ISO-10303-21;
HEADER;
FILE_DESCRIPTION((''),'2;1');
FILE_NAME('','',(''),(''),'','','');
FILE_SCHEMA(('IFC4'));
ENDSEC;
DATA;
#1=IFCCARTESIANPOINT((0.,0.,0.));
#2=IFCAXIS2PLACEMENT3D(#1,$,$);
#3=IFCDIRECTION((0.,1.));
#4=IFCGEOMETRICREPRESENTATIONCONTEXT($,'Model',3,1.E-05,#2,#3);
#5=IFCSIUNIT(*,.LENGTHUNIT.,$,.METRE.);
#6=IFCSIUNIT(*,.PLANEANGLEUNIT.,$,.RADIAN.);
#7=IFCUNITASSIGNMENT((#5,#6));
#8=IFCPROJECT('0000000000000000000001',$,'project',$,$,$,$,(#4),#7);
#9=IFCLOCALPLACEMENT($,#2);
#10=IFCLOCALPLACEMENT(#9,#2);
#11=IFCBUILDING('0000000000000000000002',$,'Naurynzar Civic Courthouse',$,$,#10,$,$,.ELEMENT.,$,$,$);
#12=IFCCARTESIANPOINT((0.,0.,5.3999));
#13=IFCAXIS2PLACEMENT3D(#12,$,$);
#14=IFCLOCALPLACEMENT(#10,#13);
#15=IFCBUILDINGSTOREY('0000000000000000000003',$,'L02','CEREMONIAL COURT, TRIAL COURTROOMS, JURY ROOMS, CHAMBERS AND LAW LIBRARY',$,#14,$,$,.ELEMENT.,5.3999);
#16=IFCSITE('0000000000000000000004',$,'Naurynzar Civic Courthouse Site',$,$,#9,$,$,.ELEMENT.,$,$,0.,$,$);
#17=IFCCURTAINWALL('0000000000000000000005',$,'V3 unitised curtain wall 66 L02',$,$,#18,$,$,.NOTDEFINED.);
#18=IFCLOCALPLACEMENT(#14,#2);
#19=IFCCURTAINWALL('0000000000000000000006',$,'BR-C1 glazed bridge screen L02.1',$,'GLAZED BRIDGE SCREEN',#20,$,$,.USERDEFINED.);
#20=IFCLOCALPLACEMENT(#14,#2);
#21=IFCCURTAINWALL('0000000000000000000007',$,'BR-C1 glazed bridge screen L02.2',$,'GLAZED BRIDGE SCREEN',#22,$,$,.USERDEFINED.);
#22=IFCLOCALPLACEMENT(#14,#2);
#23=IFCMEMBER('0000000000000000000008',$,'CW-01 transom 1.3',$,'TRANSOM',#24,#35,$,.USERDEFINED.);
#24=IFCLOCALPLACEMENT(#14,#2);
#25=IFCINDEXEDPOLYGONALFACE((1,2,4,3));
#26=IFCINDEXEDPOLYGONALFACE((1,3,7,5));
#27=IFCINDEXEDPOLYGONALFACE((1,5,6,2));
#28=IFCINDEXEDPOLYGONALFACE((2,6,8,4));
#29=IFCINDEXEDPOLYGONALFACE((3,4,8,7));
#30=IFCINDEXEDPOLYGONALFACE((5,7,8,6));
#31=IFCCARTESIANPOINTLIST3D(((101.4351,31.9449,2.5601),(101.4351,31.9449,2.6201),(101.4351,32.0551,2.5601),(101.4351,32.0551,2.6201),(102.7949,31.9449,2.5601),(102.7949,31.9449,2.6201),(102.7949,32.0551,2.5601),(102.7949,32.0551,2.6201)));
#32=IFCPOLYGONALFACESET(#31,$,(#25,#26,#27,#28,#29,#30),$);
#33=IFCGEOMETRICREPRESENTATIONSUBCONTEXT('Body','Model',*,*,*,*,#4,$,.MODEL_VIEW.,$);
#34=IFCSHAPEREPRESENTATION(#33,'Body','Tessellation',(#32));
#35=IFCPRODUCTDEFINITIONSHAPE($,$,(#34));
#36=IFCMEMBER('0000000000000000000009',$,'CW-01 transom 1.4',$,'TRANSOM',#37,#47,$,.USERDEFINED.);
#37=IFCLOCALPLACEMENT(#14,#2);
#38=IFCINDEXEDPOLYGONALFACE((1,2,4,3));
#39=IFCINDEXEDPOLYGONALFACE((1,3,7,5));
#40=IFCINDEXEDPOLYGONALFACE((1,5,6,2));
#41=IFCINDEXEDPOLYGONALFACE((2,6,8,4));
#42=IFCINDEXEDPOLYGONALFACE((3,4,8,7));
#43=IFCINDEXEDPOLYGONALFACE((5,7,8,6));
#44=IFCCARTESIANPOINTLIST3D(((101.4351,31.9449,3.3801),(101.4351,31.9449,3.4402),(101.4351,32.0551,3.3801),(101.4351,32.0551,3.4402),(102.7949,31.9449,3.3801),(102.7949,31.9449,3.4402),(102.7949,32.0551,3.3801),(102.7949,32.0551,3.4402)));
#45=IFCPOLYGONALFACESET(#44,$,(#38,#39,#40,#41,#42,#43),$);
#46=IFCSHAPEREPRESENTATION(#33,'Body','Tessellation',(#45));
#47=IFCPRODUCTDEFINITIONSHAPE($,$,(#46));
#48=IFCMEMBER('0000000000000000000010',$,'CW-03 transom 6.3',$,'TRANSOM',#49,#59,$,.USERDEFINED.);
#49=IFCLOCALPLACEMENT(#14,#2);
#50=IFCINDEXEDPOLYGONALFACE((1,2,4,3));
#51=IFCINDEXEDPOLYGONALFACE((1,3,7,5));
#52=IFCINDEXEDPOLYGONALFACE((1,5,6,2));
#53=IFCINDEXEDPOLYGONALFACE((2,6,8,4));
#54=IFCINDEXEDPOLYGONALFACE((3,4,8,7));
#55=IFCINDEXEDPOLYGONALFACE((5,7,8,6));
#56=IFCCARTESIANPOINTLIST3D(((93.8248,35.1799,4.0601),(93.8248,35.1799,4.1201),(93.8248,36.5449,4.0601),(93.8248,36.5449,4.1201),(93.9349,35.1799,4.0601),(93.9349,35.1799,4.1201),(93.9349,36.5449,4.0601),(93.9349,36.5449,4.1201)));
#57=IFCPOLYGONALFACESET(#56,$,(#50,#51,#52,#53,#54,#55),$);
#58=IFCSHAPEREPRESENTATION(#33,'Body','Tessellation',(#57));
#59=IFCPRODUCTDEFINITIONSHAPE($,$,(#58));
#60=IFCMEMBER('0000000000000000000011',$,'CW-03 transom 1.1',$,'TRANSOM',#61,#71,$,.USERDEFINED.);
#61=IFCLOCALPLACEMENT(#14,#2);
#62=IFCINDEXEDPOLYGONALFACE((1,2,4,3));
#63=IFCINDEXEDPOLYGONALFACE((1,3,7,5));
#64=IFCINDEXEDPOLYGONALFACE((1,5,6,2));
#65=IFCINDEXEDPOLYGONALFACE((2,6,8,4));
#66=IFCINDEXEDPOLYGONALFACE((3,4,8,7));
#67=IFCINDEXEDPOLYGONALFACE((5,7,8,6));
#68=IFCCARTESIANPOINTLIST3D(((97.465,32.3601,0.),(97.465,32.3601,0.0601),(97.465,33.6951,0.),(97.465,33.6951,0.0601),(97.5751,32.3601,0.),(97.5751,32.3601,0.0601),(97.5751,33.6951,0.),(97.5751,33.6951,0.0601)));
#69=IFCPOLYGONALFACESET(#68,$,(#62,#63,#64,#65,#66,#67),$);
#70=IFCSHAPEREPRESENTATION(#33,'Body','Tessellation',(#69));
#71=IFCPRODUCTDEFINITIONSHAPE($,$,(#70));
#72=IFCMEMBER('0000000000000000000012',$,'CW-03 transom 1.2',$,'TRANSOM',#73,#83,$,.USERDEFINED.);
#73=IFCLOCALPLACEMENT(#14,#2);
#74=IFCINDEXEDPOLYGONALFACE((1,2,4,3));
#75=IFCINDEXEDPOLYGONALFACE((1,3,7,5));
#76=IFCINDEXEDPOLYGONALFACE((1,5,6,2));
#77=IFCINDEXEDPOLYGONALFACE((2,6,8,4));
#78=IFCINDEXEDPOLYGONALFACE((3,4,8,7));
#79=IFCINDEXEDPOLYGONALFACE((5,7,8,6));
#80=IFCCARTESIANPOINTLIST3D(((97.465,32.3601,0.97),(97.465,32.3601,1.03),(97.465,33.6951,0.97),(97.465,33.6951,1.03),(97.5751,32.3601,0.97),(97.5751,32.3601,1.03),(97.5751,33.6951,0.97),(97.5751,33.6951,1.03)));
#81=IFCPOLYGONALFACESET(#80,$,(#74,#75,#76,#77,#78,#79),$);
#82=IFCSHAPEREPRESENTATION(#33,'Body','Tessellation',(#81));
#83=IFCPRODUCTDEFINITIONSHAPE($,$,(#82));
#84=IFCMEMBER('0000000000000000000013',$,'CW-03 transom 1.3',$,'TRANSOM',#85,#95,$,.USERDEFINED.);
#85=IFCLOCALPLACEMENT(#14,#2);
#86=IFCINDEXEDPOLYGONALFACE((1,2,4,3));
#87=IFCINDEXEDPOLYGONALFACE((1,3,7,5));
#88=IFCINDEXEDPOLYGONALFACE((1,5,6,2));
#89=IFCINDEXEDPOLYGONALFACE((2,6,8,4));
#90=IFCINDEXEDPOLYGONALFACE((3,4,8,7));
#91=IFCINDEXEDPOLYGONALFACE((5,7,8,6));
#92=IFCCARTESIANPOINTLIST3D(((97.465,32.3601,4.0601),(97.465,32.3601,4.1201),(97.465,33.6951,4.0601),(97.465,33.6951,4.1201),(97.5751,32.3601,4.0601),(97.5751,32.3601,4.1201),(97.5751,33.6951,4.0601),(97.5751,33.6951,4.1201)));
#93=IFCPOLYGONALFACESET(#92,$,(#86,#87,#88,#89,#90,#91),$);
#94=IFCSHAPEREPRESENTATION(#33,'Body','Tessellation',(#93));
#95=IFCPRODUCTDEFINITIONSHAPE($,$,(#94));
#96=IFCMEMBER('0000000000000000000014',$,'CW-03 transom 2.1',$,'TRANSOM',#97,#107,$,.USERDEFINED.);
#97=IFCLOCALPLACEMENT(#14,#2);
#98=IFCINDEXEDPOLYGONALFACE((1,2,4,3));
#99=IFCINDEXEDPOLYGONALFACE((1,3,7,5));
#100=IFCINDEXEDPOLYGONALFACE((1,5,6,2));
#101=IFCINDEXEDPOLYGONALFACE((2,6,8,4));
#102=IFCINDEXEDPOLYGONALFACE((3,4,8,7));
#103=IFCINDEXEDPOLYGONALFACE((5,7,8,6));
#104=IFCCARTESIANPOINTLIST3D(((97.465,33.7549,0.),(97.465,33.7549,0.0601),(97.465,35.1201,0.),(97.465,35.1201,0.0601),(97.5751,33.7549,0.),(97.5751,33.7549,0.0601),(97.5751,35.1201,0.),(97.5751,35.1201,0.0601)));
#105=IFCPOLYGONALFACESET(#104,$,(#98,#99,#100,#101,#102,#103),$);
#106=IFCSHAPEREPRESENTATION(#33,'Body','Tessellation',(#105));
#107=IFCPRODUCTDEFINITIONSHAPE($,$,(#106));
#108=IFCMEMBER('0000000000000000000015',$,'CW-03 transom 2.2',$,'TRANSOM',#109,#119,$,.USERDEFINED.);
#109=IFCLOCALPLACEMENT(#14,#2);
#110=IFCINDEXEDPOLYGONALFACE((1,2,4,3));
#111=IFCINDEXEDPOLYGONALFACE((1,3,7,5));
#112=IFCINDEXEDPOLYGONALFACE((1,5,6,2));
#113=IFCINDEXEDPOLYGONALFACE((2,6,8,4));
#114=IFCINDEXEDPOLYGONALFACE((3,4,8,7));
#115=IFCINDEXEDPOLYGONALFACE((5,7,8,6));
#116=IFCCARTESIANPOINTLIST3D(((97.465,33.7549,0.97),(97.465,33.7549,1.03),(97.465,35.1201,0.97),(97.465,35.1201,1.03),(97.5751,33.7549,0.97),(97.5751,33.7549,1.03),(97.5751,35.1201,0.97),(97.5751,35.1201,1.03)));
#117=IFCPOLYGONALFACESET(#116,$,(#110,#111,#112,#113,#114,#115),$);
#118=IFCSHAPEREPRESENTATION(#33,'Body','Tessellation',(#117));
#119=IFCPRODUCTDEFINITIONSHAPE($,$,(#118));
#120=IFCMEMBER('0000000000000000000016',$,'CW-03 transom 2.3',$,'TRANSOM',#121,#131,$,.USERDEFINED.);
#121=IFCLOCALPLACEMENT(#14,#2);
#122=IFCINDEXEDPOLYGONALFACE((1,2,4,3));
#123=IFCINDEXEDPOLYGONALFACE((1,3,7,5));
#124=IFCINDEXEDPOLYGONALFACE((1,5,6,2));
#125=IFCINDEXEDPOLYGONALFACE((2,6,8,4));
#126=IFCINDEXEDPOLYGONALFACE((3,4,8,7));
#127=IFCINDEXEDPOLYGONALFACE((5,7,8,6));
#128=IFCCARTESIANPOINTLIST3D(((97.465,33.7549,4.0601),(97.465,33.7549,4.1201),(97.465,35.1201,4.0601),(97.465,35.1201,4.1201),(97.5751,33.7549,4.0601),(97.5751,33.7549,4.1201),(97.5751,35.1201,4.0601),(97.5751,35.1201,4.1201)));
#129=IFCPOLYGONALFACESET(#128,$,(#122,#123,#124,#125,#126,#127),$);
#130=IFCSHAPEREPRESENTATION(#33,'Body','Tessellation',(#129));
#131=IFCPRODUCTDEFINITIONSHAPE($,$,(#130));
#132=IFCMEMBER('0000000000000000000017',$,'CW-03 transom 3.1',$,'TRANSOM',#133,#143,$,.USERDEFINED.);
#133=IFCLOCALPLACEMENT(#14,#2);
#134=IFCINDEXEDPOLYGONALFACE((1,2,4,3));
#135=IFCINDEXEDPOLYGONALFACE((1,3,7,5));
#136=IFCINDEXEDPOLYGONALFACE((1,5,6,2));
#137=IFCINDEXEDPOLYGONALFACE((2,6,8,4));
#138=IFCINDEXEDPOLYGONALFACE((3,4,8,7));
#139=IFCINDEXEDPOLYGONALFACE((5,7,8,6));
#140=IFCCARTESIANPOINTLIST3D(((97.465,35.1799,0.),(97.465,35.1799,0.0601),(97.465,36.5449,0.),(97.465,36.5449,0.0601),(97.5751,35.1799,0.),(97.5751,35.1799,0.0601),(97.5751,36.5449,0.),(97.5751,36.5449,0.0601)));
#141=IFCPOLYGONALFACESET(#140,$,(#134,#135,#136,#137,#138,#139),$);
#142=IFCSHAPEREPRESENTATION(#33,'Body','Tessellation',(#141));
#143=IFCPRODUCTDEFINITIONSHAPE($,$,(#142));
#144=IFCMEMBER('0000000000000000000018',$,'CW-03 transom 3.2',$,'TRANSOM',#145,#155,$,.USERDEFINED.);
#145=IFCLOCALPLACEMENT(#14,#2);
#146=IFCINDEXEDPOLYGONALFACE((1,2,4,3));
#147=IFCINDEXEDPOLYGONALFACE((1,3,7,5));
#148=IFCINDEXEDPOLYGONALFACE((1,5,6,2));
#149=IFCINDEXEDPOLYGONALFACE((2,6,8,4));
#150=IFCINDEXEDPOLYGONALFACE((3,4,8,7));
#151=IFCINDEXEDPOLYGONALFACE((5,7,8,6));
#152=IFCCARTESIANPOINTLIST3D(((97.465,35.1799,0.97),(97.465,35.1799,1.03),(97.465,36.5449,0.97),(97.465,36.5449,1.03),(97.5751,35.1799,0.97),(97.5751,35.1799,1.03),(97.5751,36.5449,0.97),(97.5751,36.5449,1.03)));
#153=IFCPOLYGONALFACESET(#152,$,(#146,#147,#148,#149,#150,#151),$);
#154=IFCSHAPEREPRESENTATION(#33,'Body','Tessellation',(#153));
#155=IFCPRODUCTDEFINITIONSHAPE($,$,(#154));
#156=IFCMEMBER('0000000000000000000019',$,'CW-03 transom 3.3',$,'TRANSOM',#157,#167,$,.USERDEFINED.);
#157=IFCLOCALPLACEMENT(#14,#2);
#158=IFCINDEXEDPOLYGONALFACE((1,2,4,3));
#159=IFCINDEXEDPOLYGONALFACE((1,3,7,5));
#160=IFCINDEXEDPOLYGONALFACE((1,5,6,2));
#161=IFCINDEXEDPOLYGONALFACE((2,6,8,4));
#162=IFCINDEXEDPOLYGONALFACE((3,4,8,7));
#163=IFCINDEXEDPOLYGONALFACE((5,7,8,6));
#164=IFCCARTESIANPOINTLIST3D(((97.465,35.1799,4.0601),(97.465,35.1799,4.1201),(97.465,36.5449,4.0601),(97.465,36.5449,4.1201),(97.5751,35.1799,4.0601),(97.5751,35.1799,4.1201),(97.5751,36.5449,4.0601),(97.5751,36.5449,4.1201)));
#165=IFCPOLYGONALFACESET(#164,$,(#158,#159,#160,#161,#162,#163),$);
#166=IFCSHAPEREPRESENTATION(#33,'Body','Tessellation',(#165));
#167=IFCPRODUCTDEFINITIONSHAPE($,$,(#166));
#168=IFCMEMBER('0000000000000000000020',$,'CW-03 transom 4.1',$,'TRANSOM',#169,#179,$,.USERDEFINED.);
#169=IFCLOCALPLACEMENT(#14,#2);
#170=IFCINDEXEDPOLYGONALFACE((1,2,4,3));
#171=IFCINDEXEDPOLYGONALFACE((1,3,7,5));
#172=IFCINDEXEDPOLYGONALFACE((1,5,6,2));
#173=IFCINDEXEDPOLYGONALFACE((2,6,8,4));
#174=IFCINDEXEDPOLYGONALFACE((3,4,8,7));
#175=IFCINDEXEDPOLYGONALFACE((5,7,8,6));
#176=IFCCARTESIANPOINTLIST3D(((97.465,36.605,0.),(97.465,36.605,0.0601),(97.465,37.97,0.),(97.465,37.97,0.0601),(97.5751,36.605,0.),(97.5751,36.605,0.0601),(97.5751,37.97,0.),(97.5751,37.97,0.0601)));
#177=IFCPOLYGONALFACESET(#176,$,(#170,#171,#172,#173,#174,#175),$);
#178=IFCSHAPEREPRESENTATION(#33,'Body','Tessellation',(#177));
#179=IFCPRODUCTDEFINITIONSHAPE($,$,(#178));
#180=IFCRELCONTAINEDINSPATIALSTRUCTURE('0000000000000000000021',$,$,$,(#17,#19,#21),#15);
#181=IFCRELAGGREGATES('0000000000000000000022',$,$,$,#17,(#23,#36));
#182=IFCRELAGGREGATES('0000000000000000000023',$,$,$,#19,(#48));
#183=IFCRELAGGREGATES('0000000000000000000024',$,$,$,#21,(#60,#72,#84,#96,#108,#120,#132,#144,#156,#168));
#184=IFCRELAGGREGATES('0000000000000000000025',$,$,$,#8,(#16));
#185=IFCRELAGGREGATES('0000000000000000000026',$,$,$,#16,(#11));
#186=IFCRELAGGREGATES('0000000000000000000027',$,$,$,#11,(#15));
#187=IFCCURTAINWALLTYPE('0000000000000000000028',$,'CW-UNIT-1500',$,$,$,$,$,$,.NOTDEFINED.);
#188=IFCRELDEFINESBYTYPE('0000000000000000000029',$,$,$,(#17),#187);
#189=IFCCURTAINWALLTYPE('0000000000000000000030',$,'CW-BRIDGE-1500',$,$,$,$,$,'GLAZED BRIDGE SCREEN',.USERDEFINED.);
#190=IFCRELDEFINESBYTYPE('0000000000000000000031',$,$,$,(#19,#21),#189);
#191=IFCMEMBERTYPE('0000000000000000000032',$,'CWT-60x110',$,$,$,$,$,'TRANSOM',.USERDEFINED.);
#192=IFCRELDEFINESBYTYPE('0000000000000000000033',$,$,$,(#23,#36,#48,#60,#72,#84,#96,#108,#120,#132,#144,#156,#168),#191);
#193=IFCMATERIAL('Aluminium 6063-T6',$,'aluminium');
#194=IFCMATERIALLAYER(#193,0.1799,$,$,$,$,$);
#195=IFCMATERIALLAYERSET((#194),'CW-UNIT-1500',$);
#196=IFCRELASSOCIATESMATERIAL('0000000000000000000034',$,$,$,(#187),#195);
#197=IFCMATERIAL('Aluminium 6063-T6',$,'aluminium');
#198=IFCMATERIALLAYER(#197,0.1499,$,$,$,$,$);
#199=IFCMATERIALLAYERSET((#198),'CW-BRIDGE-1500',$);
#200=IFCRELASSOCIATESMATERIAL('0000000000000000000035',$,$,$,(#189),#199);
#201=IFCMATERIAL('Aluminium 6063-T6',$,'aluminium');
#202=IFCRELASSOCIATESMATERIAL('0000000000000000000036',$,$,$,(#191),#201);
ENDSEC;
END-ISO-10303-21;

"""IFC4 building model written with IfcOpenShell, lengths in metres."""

from ifc_helpers import new_model, si_unit, direction, frame, origin, origin_2d, place, context, subcontext, project, spatial, rectangle, extrude, material, layer, layer_set, material_profile, profile_set, type_object, element, aggregate, save


model = new_model("IFC4")

# Units and contexts
model_context = context("Model", 3, precision=1e-05, world=origin(), true_north=direction((0.0, 1.0)))
body_context = subcontext(model_context, "Body", "Model", "MODEL_VIEW")
ifc_project = project(units=[si_unit("LENGTHUNIT", "METRE"), si_unit("PLANEANGLEUNIT", "RADIAN")], contexts=[model_context])

# Site, building, storey
site_placement = place(None, origin())
site = spatial("IfcSite", under=ifc_project, at=site_placement, Name="Naurynzar Civic Courthouse Site", CompositionType="ELEMENT", RefElevation=0.0)
building_placement = place(site_placement, origin())
building = spatial("IfcBuilding", under=site, at=building_placement, Name="Naurynzar Civic Courthouse", CompositionType="ELEMENT")
storey_placement = place(building_placement, frame((0.0, 0.0, 5.3999)))
storey = spatial("IfcBuildingStorey", under=building, at=storey_placement, Name="L02", Description="CEREMONIAL COURT, TRIAL COURTROOMS, JURY ROOMS, CHAMBERS AND LAW LIBRARY", CompositionType="ELEMENT", Elevation=5.3999)

# Curtain walls
ifc_material_1 = material(Name="Aluminium 6063-T6", Category="aluminium")
ifc_layer_1 = layer(ifc_material_1, 0.1799)
ifc_layer_set_1 = layer_set([ifc_layer_1], Name="CW-UNIT-1500")
curtain_wall_type_1 = type_object("IfcCurtainWallType", Name="CW-UNIT-1500", PredefinedType="NOTDEFINED", material=ifc_layer_set_1)
curtain_wall_1_placement = place(storey_placement, origin())
curtain_wall_1 = element("IfcCurtainWall", 1, at=curtain_wall_1_placement, inside=storey, type_object=curtain_wall_type_1, Name="V3 unitised curtain wall 66 L02", PredefinedType="NOTDEFINED")
ifc_material_2 = material(Name="Aluminium 6063-T6", Category="aluminium")
ifc_layer_2 = layer(ifc_material_2, 0.1499)
ifc_layer_set_2 = layer_set([ifc_layer_2], Name="CW-BRIDGE-1500")
curtain_wall_type_2 = type_object("IfcCurtainWallType", Name="CW-BRIDGE-1500", ElementType="GLAZED BRIDGE SCREEN", PredefinedType="USERDEFINED", material=ifc_layer_set_2)
curtain_wall_2_placement = place(storey_placement, origin())
curtain_wall_2 = element("IfcCurtainWall", 2, at=curtain_wall_2_placement, inside=storey, type_object=curtain_wall_type_2, Name="BR-C1 glazed bridge screen L02.1", ObjectType="GLAZED BRIDGE SCREEN", PredefinedType="USERDEFINED")

# Curtain wall
curtain_wall_3_placement = place(storey_placement, origin())
curtain_wall_3 = element("IfcCurtainWall", 3, at=curtain_wall_3_placement, inside=storey, type_object=curtain_wall_type_2, Name="BR-C1 glazed bridge screen L02.2", ObjectType="GLAZED BRIDGE SCREEN", PredefinedType="USERDEFINED")

# Members
ifc_material_3 = material(Name="Aluminium 6063-T6", Category="aluminium")
ifc_material_profile_1 = material_profile(ifc_material_3, rectangle(XDim=0.1101, YDim=0.0601, at=origin_2d()), Name="ALU TRANSOM 60x110")
ifc_profile_set_1 = profile_set([ifc_material_profile_1], Name="Aluminium 6063-T6")
member_type_1 = type_object("IfcMemberType", Name="CWT-60x110", ElementType="TRANSOM", PredefinedType="USERDEFINED", material=ifc_profile_set_1)
member_1_placement = place(storey_placement, frame((101.4351, 32.0, 2.5901), z_axis=(1.0, 0.0, 0.0), x_axis=(0.0, 1.0, 0.0)))
member_1 = element("IfcMember", 4, at=member_1_placement, type_object=member_type_1, Name="CW-01 transom 1.3", ObjectType="TRANSOM", PredefinedType="USERDEFINED", context=body_context, shape_type="SweptSolid", body=[
    extrude(rectangle(XDim=0.1101, YDim=0.0601, at=origin_2d()), origin(), (0.0, 0.0, 1.0), 1.3599),
])
member_2_placement = place(storey_placement, frame((101.4351, 32.0, 3.4102), z_axis=(1.0, 0.0, 0.0), x_axis=(0.0, 1.0, 0.0)))
member_2 = element("IfcMember", 5, at=member_2_placement, type_object=member_type_1, Name="CW-01 transom 1.4", ObjectType="TRANSOM", PredefinedType="USERDEFINED", context=body_context, shape_type="SweptSolid", body=[
    extrude(rectangle(XDim=0.1101, YDim=0.0601, at=origin_2d()), origin(), (0.0, 0.0, 1.0), 1.3599),
])
aggregate(curtain_wall_1, [member_1, member_2])
member_3_placement = place(storey_placement, frame((93.8799, 36.5449, 4.0901), z_axis=(0.0, -1.0, 0.0), x_axis=(1.0, 0.0, 0.0)))
member_3 = element("IfcMember", 6, at=member_3_placement, type_object=member_type_1, Name="CW-03 transom 6.3", ObjectType="TRANSOM", PredefinedType="USERDEFINED", context=body_context, shape_type="SweptSolid", body=[
    extrude(rectangle(XDim=0.1101, YDim=0.0601, at=origin_2d()), origin(), (0.0, 0.0, 1.0), 1.365),
])
aggregate(curtain_wall_2, [member_3])
member_4_placement = place(storey_placement, frame((97.52, 32.3601, 0.03), z_axis=(0.0, 1.0, 0.0), x_axis=(-1.0, 0.0, 0.0)))
member_4 = element("IfcMember", 7, at=member_4_placement, type_object=member_type_1, Name="CW-03 transom 1.1", ObjectType="TRANSOM", PredefinedType="USERDEFINED", context=body_context, shape_type="SweptSolid", body=[
    extrude(rectangle(XDim=0.1101, YDim=0.0601, at=origin_2d()), origin(), (0.0, 0.0, 1.0), 1.335),
])
member_5_placement = place(storey_placement, frame((97.52, 32.3601, 1.0), z_axis=(0.0, 1.0, 0.0), x_axis=(-1.0, 0.0, 0.0)))
member_5 = element("IfcMember", 8, at=member_5_placement, type_object=member_type_1, Name="CW-03 transom 1.2", ObjectType="TRANSOM", PredefinedType="USERDEFINED", context=body_context, shape_type="SweptSolid", body=[
    extrude(rectangle(XDim=0.1101, YDim=0.0601, at=origin_2d()), origin(), (0.0, 0.0, 1.0), 1.335),
])
member_6_placement = place(storey_placement, frame((97.52, 32.3601, 4.0901), z_axis=(0.0, 1.0, 0.0), x_axis=(-1.0, 0.0, 0.0)))
member_6 = element("IfcMember", 9, at=member_6_placement, type_object=member_type_1, Name="CW-03 transom 1.3", ObjectType="TRANSOM", PredefinedType="USERDEFINED", context=body_context, shape_type="SweptSolid", body=[
    extrude(rectangle(XDim=0.1101, YDim=0.0601, at=origin_2d()), origin(), (0.0, 0.0, 1.0), 1.335),
])
member_7_placement = place(storey_placement, frame((97.52, 33.7549, 0.03), z_axis=(0.0, 1.0, 0.0), x_axis=(-1.0, 0.0, 0.0)))
member_7 = element("IfcMember", 10, at=member_7_placement, type_object=member_type_1, Name="CW-03 transom 2.1", ObjectType="TRANSOM", PredefinedType="USERDEFINED", context=body_context, shape_type="SweptSolid", body=[
    extrude(rectangle(XDim=0.1101, YDim=0.0601, at=origin_2d()), origin(), (0.0, 0.0, 1.0), 1.3652),
])
member_8_placement = place(storey_placement, frame((97.52, 33.7549, 1.0), z_axis=(0.0, 1.0, 0.0), x_axis=(-1.0, 0.0, 0.0)))
member_8 = element("IfcMember", 11, at=member_8_placement, type_object=member_type_1, Name="CW-03 transom 2.2", ObjectType="TRANSOM", PredefinedType="USERDEFINED", context=body_context, shape_type="SweptSolid", body=[
    extrude(rectangle(XDim=0.1101, YDim=0.0601, at=origin_2d()), origin(), (0.0, 0.0, 1.0), 1.3652),
])
member_9_placement = place(storey_placement, frame((97.52, 33.7549, 4.0901), z_axis=(0.0, 1.0, 0.0), x_axis=(-1.0, 0.0, 0.0)))
member_9 = element("IfcMember", 12, at=member_9_placement, type_object=member_type_1, Name="CW-03 transom 2.3", ObjectType="TRANSOM", PredefinedType="USERDEFINED", context=body_context, shape_type="SweptSolid", body=[
    extrude(rectangle(XDim=0.1101, YDim=0.0601, at=origin_2d()), origin(), (0.0, 0.0, 1.0), 1.3652),
])
member_10_placement = place(storey_placement, frame((97.52, 35.1799, 0.03), z_axis=(0.0, 1.0, 0.0), x_axis=(-1.0, 0.0, 0.0)))
member_10 = element("IfcMember", 13, at=member_10_placement, type_object=member_type_1, Name="CW-03 transom 3.1", ObjectType="TRANSOM", PredefinedType="USERDEFINED", context=body_context, shape_type="SweptSolid", body=[
    extrude(rectangle(XDim=0.1101, YDim=0.0601, at=origin_2d()), origin(), (0.0, 0.0, 1.0), 1.365),
])
member_11_placement = place(storey_placement, frame((97.52, 35.1799, 1.0), z_axis=(0.0, 1.0, 0.0), x_axis=(-1.0, 0.0, 0.0)))
member_11 = element("IfcMember", 14, at=member_11_placement, type_object=member_type_1, Name="CW-03 transom 3.2", ObjectType="TRANSOM", PredefinedType="USERDEFINED", context=body_context, shape_type="SweptSolid", body=[
    extrude(rectangle(XDim=0.1101, YDim=0.0601, at=origin_2d()), origin(), (0.0, 0.0, 1.0), 1.365),
])
member_12_placement = place(storey_placement, frame((97.52, 35.1799, 4.0901), z_axis=(0.0, 1.0, 0.0), x_axis=(-1.0, 0.0, 0.0)))
member_12 = element("IfcMember", 15, at=member_12_placement, type_object=member_type_1, Name="CW-03 transom 3.3", ObjectType="TRANSOM", PredefinedType="USERDEFINED", context=body_context, shape_type="SweptSolid", body=[
    extrude(rectangle(XDim=0.1101, YDim=0.0601, at=origin_2d()), origin(), (0.0, 0.0, 1.0), 1.365),
])
member_13_placement = place(storey_placement, frame((97.52, 36.605, 0.03), z_axis=(0.0, 1.0, 0.0), x_axis=(-1.0, 0.0, 0.0)))
member_13 = element("IfcMember", 16, at=member_13_placement, type_object=member_type_1, Name="CW-03 transom 4.1", ObjectType="TRANSOM", PredefinedType="USERDEFINED", context=body_context, shape_type="SweptSolid", body=[
    extrude(rectangle(XDim=0.1101, YDim=0.0601, at=origin_2d()), origin(), (0.0, 0.0, 1.0), 1.365),
])

aggregate(curtain_wall_3, [member_4, member_5, member_6, member_7, member_8, member_9, member_10, member_11, member_12, member_13])

save(model, "model.ifc")
